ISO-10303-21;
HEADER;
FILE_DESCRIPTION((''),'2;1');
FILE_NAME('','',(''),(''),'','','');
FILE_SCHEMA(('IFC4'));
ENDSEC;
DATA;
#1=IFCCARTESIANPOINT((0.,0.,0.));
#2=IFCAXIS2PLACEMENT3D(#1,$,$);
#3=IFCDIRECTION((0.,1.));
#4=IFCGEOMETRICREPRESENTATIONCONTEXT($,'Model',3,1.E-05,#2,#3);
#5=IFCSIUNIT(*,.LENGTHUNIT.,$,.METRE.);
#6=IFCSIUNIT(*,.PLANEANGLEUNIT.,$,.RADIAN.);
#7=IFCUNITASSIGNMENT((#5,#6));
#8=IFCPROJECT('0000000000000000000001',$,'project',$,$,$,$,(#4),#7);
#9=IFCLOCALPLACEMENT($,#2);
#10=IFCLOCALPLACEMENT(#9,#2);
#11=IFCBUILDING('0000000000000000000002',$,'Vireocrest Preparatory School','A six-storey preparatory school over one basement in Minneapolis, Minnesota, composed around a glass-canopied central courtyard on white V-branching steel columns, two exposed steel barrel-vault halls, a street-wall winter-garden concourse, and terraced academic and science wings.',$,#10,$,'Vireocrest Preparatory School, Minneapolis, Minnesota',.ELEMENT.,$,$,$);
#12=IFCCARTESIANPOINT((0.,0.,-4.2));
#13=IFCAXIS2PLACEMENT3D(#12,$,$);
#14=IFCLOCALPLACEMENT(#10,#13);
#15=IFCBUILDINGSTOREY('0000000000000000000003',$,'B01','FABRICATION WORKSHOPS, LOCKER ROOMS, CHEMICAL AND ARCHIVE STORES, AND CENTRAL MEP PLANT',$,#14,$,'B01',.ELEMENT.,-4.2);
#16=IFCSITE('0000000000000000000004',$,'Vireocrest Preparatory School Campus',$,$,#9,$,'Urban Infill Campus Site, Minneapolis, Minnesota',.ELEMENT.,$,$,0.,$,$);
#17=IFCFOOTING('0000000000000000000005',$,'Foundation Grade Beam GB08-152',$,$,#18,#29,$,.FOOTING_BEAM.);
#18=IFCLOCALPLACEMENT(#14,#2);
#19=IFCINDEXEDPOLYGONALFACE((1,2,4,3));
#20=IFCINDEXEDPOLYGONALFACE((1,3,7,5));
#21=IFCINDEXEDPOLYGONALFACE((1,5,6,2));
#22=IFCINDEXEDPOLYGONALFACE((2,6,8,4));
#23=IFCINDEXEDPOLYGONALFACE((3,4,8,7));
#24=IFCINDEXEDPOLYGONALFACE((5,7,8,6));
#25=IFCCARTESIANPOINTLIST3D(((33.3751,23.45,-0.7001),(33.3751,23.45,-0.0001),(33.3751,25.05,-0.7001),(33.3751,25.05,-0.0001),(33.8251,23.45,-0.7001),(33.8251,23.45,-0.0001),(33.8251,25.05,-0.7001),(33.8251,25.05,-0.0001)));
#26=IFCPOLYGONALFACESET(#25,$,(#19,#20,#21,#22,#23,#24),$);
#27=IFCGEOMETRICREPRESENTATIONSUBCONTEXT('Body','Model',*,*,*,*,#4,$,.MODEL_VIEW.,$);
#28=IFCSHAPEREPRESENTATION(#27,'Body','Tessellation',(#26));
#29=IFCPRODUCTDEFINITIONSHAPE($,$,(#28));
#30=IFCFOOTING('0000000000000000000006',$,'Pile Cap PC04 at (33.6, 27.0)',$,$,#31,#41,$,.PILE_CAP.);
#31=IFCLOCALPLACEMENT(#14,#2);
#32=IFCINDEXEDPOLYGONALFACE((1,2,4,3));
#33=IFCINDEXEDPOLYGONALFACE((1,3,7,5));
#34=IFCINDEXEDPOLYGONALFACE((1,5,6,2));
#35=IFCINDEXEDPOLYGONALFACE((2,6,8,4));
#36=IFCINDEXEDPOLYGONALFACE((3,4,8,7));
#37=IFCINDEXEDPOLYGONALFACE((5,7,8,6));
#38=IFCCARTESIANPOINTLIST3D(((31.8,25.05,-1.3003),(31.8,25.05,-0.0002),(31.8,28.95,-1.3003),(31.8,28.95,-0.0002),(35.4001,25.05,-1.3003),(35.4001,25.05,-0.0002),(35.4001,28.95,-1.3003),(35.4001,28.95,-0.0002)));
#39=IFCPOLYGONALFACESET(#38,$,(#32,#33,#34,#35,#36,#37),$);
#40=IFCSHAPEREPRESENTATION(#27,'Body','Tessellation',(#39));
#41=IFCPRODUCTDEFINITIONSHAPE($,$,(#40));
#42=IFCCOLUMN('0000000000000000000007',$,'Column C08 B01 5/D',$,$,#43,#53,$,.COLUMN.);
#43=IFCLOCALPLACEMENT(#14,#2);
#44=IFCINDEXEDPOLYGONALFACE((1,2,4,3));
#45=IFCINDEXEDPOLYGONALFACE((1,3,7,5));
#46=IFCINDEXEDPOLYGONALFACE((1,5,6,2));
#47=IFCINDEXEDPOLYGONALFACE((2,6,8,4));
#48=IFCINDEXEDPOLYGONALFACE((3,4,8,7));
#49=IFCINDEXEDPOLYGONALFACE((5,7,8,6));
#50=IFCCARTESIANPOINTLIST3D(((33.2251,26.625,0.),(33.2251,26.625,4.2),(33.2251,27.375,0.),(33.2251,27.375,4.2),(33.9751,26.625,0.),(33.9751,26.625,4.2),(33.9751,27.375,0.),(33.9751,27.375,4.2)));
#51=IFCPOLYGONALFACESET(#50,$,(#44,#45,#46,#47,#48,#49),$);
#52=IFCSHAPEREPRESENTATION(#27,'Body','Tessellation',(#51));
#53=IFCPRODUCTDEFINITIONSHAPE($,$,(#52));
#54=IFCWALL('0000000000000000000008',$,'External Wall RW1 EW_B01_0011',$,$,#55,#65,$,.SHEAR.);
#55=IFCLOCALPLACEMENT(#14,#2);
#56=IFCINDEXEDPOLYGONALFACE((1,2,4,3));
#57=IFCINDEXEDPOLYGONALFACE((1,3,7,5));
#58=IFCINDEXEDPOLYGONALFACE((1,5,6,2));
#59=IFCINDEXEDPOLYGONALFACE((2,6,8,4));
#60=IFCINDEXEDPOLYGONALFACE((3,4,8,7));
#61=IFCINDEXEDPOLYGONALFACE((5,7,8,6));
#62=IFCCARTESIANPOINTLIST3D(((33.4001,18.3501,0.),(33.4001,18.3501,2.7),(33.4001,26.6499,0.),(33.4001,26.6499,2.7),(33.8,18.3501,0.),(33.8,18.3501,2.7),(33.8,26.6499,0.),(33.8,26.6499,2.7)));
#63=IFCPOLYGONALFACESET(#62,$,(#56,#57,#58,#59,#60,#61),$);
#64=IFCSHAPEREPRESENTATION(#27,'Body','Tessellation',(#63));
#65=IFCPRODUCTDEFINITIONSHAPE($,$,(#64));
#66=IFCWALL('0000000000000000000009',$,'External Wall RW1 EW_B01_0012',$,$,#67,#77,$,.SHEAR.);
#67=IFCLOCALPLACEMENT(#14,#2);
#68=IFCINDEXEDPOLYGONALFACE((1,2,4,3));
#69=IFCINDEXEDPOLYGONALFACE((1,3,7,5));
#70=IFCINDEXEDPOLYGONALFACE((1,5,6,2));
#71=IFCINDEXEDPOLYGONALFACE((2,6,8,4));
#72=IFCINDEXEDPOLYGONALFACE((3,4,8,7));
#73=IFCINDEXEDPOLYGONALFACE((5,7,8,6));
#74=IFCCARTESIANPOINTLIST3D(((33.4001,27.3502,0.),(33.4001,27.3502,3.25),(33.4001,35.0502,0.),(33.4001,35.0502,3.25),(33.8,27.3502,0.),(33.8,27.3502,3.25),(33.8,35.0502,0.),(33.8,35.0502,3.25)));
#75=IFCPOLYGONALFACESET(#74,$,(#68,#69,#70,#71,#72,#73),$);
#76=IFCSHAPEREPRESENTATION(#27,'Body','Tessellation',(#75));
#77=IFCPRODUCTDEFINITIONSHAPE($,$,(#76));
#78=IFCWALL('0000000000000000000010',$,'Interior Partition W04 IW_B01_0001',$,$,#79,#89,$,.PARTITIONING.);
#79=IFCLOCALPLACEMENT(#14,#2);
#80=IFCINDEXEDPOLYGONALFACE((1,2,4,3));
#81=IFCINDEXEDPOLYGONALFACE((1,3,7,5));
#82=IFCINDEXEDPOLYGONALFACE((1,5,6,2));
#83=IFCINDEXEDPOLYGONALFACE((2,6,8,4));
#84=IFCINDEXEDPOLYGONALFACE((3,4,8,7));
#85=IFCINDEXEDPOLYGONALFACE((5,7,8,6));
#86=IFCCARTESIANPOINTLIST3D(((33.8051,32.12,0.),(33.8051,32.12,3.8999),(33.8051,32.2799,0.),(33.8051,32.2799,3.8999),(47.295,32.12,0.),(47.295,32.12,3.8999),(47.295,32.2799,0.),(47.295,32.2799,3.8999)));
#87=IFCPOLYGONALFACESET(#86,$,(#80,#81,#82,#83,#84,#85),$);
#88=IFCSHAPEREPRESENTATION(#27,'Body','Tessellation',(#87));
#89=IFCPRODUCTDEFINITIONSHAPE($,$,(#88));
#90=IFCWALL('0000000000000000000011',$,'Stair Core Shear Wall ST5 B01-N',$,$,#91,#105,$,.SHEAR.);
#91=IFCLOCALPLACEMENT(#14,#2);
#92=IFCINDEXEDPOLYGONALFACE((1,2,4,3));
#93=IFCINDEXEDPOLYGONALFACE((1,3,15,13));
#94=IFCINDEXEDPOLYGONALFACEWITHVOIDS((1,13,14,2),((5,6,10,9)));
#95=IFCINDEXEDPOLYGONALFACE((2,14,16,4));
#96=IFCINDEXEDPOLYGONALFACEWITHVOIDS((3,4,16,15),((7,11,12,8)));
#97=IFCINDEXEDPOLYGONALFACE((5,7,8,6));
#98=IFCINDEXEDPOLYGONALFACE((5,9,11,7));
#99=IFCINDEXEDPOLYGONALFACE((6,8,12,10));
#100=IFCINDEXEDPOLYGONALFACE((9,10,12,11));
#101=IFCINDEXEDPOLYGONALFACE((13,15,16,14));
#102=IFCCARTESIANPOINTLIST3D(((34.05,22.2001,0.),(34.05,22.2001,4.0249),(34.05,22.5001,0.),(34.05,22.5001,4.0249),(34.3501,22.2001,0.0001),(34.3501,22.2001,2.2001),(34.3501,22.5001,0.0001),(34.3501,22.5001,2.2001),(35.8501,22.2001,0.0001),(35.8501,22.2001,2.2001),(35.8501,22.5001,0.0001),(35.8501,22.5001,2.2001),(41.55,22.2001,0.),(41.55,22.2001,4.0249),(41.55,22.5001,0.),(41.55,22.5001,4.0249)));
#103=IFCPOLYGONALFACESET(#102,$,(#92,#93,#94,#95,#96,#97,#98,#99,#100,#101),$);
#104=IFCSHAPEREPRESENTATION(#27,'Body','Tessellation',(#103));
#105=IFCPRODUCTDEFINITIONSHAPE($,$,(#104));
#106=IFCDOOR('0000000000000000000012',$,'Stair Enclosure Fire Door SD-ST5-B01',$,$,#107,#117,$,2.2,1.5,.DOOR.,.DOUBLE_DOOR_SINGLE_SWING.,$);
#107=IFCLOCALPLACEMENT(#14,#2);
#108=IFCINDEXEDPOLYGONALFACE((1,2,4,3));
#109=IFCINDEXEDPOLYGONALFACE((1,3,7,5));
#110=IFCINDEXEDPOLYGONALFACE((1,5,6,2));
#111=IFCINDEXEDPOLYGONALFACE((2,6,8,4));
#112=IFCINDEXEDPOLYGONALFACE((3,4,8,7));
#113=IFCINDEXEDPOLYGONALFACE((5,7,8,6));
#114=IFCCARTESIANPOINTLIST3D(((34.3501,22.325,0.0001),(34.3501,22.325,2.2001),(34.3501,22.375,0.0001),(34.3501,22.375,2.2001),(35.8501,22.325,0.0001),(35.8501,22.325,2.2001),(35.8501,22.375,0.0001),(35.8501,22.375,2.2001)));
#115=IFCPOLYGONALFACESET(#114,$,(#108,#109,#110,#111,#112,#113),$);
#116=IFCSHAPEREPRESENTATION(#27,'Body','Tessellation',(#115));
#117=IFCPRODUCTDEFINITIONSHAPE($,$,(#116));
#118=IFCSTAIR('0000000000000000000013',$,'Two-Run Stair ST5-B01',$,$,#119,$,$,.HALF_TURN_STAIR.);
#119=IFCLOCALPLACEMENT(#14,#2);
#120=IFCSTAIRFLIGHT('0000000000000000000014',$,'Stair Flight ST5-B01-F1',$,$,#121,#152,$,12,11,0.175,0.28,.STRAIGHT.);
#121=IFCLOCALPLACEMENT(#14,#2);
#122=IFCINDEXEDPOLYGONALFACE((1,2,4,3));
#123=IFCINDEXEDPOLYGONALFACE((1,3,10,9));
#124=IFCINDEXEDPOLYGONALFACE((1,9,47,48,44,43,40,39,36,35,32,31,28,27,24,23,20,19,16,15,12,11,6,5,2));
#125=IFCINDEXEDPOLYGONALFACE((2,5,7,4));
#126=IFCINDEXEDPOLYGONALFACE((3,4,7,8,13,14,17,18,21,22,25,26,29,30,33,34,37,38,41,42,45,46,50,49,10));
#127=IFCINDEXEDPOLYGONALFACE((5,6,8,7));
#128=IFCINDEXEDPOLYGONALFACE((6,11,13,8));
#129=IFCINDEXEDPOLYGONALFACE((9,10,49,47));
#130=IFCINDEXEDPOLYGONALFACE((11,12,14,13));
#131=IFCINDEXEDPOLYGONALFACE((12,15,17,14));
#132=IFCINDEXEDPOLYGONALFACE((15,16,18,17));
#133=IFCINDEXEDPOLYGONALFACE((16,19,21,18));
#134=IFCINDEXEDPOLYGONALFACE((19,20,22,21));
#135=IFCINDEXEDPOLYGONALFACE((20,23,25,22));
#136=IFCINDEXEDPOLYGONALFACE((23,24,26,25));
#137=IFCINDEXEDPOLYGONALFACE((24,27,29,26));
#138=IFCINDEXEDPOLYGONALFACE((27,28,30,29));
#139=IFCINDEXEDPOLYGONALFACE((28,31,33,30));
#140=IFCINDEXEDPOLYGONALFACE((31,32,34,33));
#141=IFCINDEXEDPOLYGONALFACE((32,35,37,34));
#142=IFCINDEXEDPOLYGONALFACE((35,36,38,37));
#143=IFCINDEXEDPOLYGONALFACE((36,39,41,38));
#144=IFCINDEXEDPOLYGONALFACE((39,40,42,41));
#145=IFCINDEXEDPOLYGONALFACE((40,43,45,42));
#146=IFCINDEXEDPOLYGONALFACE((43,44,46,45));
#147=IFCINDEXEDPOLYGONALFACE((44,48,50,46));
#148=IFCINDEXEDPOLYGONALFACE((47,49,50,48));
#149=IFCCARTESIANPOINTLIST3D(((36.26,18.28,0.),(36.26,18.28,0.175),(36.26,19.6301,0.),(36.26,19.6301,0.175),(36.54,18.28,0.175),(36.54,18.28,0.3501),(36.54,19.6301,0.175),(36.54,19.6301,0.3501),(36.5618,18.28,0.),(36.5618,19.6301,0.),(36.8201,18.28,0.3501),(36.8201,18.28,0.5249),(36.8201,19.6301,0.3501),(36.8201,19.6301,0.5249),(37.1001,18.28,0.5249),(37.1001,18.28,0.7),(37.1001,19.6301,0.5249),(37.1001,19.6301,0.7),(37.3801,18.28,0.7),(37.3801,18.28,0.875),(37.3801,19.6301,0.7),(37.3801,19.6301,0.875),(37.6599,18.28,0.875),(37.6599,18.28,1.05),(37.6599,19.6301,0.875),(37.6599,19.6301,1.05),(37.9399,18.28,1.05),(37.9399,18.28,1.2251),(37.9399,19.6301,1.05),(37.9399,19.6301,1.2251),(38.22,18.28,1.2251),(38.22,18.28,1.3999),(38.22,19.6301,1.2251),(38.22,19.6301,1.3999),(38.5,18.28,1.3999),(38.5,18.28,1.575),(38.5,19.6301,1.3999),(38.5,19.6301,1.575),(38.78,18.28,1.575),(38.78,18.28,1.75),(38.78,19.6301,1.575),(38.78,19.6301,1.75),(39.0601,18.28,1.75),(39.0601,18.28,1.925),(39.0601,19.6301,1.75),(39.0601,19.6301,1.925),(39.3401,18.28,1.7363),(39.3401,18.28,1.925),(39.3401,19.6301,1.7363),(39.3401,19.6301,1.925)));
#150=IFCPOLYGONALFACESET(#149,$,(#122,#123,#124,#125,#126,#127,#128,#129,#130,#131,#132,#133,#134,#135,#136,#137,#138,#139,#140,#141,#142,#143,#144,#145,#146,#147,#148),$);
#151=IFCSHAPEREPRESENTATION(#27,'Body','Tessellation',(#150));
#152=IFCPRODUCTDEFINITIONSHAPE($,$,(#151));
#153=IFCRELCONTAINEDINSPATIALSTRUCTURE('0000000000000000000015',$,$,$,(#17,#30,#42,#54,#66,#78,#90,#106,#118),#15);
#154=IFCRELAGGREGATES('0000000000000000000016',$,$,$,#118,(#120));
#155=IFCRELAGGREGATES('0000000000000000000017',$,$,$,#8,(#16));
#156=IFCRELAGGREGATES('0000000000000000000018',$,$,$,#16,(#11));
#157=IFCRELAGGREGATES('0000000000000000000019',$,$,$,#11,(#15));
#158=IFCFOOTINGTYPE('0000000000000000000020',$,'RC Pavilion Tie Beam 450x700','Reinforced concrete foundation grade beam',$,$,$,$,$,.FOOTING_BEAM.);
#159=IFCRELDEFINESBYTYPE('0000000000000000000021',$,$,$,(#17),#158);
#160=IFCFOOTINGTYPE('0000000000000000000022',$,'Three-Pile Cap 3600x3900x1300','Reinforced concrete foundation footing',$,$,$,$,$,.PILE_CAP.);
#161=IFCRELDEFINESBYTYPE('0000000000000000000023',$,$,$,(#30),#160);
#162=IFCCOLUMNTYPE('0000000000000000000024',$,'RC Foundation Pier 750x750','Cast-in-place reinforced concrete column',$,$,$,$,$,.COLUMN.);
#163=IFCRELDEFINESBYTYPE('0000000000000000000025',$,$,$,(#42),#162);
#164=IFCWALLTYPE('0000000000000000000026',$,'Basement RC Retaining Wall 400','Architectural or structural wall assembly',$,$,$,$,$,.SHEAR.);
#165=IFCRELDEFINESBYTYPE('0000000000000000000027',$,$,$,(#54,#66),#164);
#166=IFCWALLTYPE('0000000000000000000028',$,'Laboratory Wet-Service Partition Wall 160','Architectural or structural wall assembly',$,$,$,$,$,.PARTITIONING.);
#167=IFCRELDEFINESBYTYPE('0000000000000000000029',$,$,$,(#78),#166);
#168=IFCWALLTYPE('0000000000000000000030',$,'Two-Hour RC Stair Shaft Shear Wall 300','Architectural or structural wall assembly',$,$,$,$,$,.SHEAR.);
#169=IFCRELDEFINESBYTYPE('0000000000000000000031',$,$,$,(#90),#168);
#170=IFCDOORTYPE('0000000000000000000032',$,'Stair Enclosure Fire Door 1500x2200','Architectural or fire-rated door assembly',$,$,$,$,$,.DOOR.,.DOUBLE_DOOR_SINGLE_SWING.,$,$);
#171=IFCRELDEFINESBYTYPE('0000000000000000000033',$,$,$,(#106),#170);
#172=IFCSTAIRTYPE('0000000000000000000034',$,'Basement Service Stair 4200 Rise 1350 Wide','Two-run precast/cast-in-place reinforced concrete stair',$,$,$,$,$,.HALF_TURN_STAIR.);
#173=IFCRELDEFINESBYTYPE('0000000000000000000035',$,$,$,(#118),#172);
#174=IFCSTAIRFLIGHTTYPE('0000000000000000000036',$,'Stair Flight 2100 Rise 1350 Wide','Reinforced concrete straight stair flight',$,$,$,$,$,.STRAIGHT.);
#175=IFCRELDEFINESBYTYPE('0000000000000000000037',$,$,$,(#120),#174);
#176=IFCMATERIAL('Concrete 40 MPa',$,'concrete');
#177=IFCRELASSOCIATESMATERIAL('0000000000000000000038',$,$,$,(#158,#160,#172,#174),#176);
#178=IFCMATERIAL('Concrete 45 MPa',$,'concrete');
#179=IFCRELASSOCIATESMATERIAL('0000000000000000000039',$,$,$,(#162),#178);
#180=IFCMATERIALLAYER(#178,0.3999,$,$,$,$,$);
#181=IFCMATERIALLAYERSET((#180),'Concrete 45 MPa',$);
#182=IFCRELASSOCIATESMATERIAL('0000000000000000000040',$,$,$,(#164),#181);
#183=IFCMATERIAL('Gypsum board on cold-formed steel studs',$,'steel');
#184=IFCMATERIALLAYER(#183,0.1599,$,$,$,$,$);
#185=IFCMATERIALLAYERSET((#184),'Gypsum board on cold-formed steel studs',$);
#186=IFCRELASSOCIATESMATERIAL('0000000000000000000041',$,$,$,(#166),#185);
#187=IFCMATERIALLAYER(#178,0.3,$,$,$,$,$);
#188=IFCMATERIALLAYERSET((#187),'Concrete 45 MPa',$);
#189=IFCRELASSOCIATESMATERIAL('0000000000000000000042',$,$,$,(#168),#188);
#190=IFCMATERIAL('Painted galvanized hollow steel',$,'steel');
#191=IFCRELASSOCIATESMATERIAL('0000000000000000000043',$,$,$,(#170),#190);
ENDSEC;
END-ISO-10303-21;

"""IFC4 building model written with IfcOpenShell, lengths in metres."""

from ifc_helpers import new_model, si_unit, direction, frame, frame_2d, origin, origin_2d, place, context, subcontext, project, spatial, polyline, rectangle, outline, extrude, material, layer, layer_set, material_profile, profile_set, type_object, element, fill, aggregate, save


model = new_model("IFC4")

# Units and contexts
model_context = context("Model", 3, precision=1e-05, world=origin(), true_north=direction((0.0, 1.0)))
body_context = subcontext(model_context, "Body", "Model", "MODEL_VIEW")
ifc_project = project(units=[si_unit("LENGTHUNIT", "METRE"), si_unit("PLANEANGLEUNIT", "RADIAN")], contexts=[model_context])

# Site, building, storey
site_placement = place(None, origin())
site = spatial("IfcSite", under=ifc_project, at=site_placement, Name="Vireocrest Preparatory School Campus", LongName="Urban Infill Campus Site, Minneapolis, Minnesota", CompositionType="ELEMENT", RefElevation=0.0)
building_placement = place(site_placement, origin())
building = spatial("IfcBuilding", under=site, at=building_placement, Name="Vireocrest Preparatory School", Description="A six-storey preparatory school over one basement in Minneapolis, Minnesota, composed around a glass-canopied central courtyard on white V-branching steel columns, two exposed steel barrel-vault halls, a street-wall winter-garden concourse, and terraced academic and science wings.", LongName="Vireocrest Preparatory School, Minneapolis, Minnesota", CompositionType="ELEMENT")
storey_placement = place(building_placement, frame((0.0, 0.0, -4.2)))
storey = spatial("IfcBuildingStorey", under=building, at=storey_placement, Name="B01", Description="FABRICATION WORKSHOPS, LOCKER ROOMS, CHEMICAL AND ARCHIVE STORES, AND CENTRAL MEP PLANT", LongName="B01", CompositionType="ELEMENT", Elevation=-4.2)

# Shared definitions
ifc_material_1 = material(Name="Concrete 40 MPa", Category="concrete")

# Footings
ifc_material_profile_1 = material_profile(ifc_material_1, rectangle(XDim=0.45, YDim=0.7, at=origin_2d()), Name="GB 450x700")
ifc_profile_set_1 = profile_set([ifc_material_profile_1], Name="Concrete 40 MPa")
footing_type_1 = type_object("IfcFootingType", Name="RC Pavilion Tie Beam 450x700", Description="Reinforced concrete foundation grade beam", PredefinedType="FOOTING_BEAM", material=ifc_profile_set_1)
footing_1_placement = place(storey_placement, frame((33.6001, 23.45, -0.3501), z_axis=(0.0, 1.0, 0.0), x_axis=(-1.0, 0.0, 0.0)))
element("IfcFooting", 1, at=footing_1_placement, inside=storey, type_object=footing_type_1, Name="Foundation Grade Beam GB08-152", PredefinedType="FOOTING_BEAM", context=body_context, shape_type="SweptSolid", body=[
    extrude(rectangle(XDim=0.45, YDim=0.7, at=origin_2d()), origin(), (0.0, 0.0, 1.0), 1.6001),
])
footing_type_2 = type_object("IfcFootingType", Name="Three-Pile Cap 3600x3900x1300", Description="Reinforced concrete foundation footing", PredefinedType="PILE_CAP", material=ifc_material_1)
footing_2_placement = place(storey_placement, frame((33.6001, 27.0, -1.3003), z_axis=(0.0, 0.0, 1.0), x_axis=(1.0, 0.0, 0.0)))
element("IfcFooting", 2, at=footing_2_placement, inside=storey, type_object=footing_type_2, Name="Pile Cap PC04 at (33.6, 27.0)", PredefinedType="PILE_CAP", context=body_context, shape_type="SweptSolid", body=[
    extrude(rectangle(XDim=3.6001, YDim=3.8999, at=origin_2d()), origin(), (0.0, 0.0, 1.0), 1.3),
])

# Column
ifc_material_2 = material(Name="Concrete 45 MPa", Category="concrete")
ifc_material_profile_2 = material_profile(ifc_material_2, rectangle(XDim=0.75, YDim=0.75, at=origin_2d()), Name="RC 750x750")
ifc_profile_set_2 = profile_set([ifc_material_profile_2], Name="Concrete 45 MPa")
column_type = type_object("IfcColumnType", Name="RC Foundation Pier 750x750", Description="Cast-in-place reinforced concrete column", PredefinedType="COLUMN", material=ifc_profile_set_2)
column_placement = place(storey_placement, frame((33.6001, 27.0, 0.0), z_axis=(0.0, 0.0, 1.0), x_axis=(1.0, 0.0, 0.0)))
element("IfcColumn", 3, at=column_placement, inside=storey, type_object=column_type, Name="Column C08 B01 5/D", PredefinedType="COLUMN", context=body_context, shape_type="SweptSolid", body=[
    extrude(rectangle(XDim=0.75, YDim=0.75, at=origin_2d()), origin(), (0.0, 0.0, 1.0), 4.2),
])

# Walls
ifc_layer_1 = layer(ifc_material_2, 0.3999)
ifc_layer_set_1 = layer_set([ifc_layer_1], Name="Concrete 45 MPa")
wall_type_1 = type_object("IfcWallType", Name="Basement RC Retaining Wall 400", Description="Architectural or structural wall assembly", PredefinedType="SHEAR", material=ifc_layer_set_1)
wall_1_placement = place(storey_placement, frame((33.6001, 18.3501, 0.0), z_axis=(0.0, 0.0, 1.0), x_axis=(0.0, 1.0, 0.0)))
element("IfcWall", 4, at=wall_1_placement, inside=storey, type_object=wall_type_1, Name="External Wall RW1 EW_B01_0011", PredefinedType="SHEAR", context=body_context, shape_type="SweptSolid", body=[
    extrude(rectangle(XDim=8.2998, YDim=0.3999, at=frame_2d((4.1499, 0.0))), origin(), (0.0, 0.0, 1.0), 2.7),
])
wall_2_placement = place(storey_placement, frame((33.6001, 27.3501, 0.0), z_axis=(0.0, 0.0, 1.0), x_axis=(0.0, 1.0, 0.0)))
element("IfcWall", 5, at=wall_2_placement, inside=storey, type_object=wall_type_1, Name="External Wall RW1 EW_B01_0012", PredefinedType="SHEAR", context=body_context, shape_type="SweptSolid", body=[
    extrude(rectangle(XDim=7.7, YDim=0.3999, at=frame_2d((3.8501, 0.0))), origin(), (0.0, 0.0, 1.0), 3.25),
])
ifc_material_3 = material(Name="Gypsum board on cold-formed steel studs", Category="steel")
ifc_layer_2 = layer(ifc_material_3, 0.1599)
ifc_layer_set_2 = layer_set([ifc_layer_2], Name="Gypsum board on cold-formed steel studs")
wall_type_2 = type_object("IfcWallType", Name="Laboratory Wet-Service Partition Wall 160", Description="Architectural or structural wall assembly", PredefinedType="PARTITIONING", material=ifc_layer_set_2)
wall_3_placement = place(storey_placement, frame((33.8049, 32.2, 0.0), z_axis=(0.0, 0.0, 1.0), x_axis=(1.0, 0.0, 0.0)))
element("IfcWall", 6, at=wall_3_placement, inside=storey, type_object=wall_type_2, Name="Interior Partition W04 IW_B01_0001", PredefinedType="PARTITIONING", context=body_context, shape_type="SweptSolid", body=[
    extrude(rectangle(XDim=13.49, YDim=0.1599, at=frame_2d((6.7451, 0.0))), origin(), (0.0, 0.0, 1.0), 3.8999),
])

# Wall, opening, door
ifc_layer_3 = layer(ifc_material_2, 0.3)
ifc_layer_set_3 = layer_set([ifc_layer_3], Name="Concrete 45 MPa")
wall_type_3 = type_object("IfcWallType", Name="Two-Hour RC Stair Shaft Shear Wall 300", Description="Architectural or structural wall assembly", PredefinedType="SHEAR", material=ifc_layer_set_3)
wall_4_placement = place(storey_placement, frame((34.05, 22.3501, 0.0), z_axis=(0.0, 0.0, 1.0), x_axis=(1.0, 0.0, 0.0)))
wall_4 = element("IfcWall", 7, at=wall_4_placement, inside=storey, type_object=wall_type_3, Name="Stair Core Shear Wall ST5 B01-N", PredefinedType="SHEAR", context=body_context, shape_type="SweptSolid", body=[
    extrude(rectangle(XDim=7.5, YDim=0.3, at=frame_2d((3.75, 0.0))), origin(), (0.0, 0.0, 1.0), 4.0249),
])
opening_placement = place(wall_4_placement, frame((0.3, 0.0, 0.0)))
opening = element("IfcOpeningElement", 8, at=opening_placement, cuts=wall_4, PredefinedType="OPENING", context=body_context, shape_type="SweptSolid", body=[
    extrude(rectangle(XDim=1.5, YDim=2.2, at=frame_2d((0.75, 1.1001))), frame((0.0, 0.1599, 0.0), z_axis=(0.0, -1.0, 0.0), x_axis=(1.0, 0.0, 0.0)), (0.0, 0.0, 1.0), 0.3201),
])
ifc_material_4 = material(Name="Painted galvanized hollow steel", Category="steel")
door_type = type_object("IfcDoorType", Name="Stair Enclosure Fire Door 1500x2200", Description="Architectural or fire-rated door assembly", OperationType="DOUBLE_DOOR_SINGLE_SWING", PredefinedType="DOOR", material=ifc_material_4)
door_placement = place(opening_placement, origin())
door = element("IfcDoor", 9, at=door_placement, inside=storey, type_object=door_type, Name="Stair Enclosure Fire Door SD-ST5-B01", OperationType="DOUBLE_DOOR_SINGLE_SWING", OverallHeight=2.2, OverallWidth=1.5, PredefinedType="DOOR", context=body_context, shape_type="SweptSolid", body=[
    extrude(rectangle(XDim=1.5, YDim=2.2, at=frame_2d((0.75, 1.1001))), frame((0.0, 0.0249, 0.0), z_axis=(0.0, -1.0, 0.0), x_axis=(1.0, 0.0, 0.0)), (0.0, 0.0, 1.0), 0.05),
])
fill(opening, door)

# Stair, stair flight
stair_type = type_object("IfcStairType", Name="Basement Service Stair 4200 Rise 1350 Wide", Description="Two-run precast/cast-in-place reinforced concrete stair", PredefinedType="HALF_TURN_STAIR", material=ifc_material_1)
stair_placement = place(storey_placement, origin())
stair = element("IfcStair", 10, at=stair_placement, inside=storey, type_object=stair_type, Name="Two-Run Stair ST5-B01", PredefinedType="HALF_TURN_STAIR")
stair_flight_type = type_object("IfcStairFlightType", Name="Stair Flight 2100 Rise 1350 Wide", Description="Reinforced concrete straight stair flight", PredefinedType="STRAIGHT", material=ifc_material_1)
stair_flight_1_placement = place(storey_placement, frame((36.26, 18.9551, 0.0), z_axis=(0.0, 0.0, 1.0), x_axis=(1.0, 0.0, 0.0)))
stair_flight_1 = element("IfcStairFlight", 11, at=stair_flight_1_placement, type_object=stair_flight_type, Name="Stair Flight ST5-B01-F1", NumberOfRisers=12, NumberOfTreads=11, PredefinedType="STRAIGHT", RiserHeight=0.175, TreadLength=0.28, context=body_context, shape_type="SweptSolid", body=[
    extrude(outline(polyline([(0.0, 0.0), (0.0, 0.175), (0.28, 0.175), (0.28, 0.3501), (0.5601, 0.3501), (0.5601, 0.5249), (0.8401, 0.5249), (0.8401, 0.7), (1.1201, 0.7), (1.1201, 0.875), (1.3999, 0.875), (1.3999, 1.05), (1.6799, 1.05), (1.6799, 1.2251), (1.96, 1.2251), (1.96, 1.3999), (2.24, 1.3999), (2.24, 1.575), (2.52, 1.575), (2.52, 1.75), (2.8, 1.75), (2.8, 1.925), (3.0801, 1.925), (3.0801, 2.1001), (3.0801, 1.7363), (0.3018, 0.0), (0.0, 0.0)])), frame((0.0, 0.675, 0.0), z_axis=(0.0, -1.0, 0.0), x_axis=(1.0, 0.0, 0.0)), (0.0, 0.0, 1.0), 1.3501),
])
aggregate(stair, [stair_flight_1])

save(model, "model.ifc")
